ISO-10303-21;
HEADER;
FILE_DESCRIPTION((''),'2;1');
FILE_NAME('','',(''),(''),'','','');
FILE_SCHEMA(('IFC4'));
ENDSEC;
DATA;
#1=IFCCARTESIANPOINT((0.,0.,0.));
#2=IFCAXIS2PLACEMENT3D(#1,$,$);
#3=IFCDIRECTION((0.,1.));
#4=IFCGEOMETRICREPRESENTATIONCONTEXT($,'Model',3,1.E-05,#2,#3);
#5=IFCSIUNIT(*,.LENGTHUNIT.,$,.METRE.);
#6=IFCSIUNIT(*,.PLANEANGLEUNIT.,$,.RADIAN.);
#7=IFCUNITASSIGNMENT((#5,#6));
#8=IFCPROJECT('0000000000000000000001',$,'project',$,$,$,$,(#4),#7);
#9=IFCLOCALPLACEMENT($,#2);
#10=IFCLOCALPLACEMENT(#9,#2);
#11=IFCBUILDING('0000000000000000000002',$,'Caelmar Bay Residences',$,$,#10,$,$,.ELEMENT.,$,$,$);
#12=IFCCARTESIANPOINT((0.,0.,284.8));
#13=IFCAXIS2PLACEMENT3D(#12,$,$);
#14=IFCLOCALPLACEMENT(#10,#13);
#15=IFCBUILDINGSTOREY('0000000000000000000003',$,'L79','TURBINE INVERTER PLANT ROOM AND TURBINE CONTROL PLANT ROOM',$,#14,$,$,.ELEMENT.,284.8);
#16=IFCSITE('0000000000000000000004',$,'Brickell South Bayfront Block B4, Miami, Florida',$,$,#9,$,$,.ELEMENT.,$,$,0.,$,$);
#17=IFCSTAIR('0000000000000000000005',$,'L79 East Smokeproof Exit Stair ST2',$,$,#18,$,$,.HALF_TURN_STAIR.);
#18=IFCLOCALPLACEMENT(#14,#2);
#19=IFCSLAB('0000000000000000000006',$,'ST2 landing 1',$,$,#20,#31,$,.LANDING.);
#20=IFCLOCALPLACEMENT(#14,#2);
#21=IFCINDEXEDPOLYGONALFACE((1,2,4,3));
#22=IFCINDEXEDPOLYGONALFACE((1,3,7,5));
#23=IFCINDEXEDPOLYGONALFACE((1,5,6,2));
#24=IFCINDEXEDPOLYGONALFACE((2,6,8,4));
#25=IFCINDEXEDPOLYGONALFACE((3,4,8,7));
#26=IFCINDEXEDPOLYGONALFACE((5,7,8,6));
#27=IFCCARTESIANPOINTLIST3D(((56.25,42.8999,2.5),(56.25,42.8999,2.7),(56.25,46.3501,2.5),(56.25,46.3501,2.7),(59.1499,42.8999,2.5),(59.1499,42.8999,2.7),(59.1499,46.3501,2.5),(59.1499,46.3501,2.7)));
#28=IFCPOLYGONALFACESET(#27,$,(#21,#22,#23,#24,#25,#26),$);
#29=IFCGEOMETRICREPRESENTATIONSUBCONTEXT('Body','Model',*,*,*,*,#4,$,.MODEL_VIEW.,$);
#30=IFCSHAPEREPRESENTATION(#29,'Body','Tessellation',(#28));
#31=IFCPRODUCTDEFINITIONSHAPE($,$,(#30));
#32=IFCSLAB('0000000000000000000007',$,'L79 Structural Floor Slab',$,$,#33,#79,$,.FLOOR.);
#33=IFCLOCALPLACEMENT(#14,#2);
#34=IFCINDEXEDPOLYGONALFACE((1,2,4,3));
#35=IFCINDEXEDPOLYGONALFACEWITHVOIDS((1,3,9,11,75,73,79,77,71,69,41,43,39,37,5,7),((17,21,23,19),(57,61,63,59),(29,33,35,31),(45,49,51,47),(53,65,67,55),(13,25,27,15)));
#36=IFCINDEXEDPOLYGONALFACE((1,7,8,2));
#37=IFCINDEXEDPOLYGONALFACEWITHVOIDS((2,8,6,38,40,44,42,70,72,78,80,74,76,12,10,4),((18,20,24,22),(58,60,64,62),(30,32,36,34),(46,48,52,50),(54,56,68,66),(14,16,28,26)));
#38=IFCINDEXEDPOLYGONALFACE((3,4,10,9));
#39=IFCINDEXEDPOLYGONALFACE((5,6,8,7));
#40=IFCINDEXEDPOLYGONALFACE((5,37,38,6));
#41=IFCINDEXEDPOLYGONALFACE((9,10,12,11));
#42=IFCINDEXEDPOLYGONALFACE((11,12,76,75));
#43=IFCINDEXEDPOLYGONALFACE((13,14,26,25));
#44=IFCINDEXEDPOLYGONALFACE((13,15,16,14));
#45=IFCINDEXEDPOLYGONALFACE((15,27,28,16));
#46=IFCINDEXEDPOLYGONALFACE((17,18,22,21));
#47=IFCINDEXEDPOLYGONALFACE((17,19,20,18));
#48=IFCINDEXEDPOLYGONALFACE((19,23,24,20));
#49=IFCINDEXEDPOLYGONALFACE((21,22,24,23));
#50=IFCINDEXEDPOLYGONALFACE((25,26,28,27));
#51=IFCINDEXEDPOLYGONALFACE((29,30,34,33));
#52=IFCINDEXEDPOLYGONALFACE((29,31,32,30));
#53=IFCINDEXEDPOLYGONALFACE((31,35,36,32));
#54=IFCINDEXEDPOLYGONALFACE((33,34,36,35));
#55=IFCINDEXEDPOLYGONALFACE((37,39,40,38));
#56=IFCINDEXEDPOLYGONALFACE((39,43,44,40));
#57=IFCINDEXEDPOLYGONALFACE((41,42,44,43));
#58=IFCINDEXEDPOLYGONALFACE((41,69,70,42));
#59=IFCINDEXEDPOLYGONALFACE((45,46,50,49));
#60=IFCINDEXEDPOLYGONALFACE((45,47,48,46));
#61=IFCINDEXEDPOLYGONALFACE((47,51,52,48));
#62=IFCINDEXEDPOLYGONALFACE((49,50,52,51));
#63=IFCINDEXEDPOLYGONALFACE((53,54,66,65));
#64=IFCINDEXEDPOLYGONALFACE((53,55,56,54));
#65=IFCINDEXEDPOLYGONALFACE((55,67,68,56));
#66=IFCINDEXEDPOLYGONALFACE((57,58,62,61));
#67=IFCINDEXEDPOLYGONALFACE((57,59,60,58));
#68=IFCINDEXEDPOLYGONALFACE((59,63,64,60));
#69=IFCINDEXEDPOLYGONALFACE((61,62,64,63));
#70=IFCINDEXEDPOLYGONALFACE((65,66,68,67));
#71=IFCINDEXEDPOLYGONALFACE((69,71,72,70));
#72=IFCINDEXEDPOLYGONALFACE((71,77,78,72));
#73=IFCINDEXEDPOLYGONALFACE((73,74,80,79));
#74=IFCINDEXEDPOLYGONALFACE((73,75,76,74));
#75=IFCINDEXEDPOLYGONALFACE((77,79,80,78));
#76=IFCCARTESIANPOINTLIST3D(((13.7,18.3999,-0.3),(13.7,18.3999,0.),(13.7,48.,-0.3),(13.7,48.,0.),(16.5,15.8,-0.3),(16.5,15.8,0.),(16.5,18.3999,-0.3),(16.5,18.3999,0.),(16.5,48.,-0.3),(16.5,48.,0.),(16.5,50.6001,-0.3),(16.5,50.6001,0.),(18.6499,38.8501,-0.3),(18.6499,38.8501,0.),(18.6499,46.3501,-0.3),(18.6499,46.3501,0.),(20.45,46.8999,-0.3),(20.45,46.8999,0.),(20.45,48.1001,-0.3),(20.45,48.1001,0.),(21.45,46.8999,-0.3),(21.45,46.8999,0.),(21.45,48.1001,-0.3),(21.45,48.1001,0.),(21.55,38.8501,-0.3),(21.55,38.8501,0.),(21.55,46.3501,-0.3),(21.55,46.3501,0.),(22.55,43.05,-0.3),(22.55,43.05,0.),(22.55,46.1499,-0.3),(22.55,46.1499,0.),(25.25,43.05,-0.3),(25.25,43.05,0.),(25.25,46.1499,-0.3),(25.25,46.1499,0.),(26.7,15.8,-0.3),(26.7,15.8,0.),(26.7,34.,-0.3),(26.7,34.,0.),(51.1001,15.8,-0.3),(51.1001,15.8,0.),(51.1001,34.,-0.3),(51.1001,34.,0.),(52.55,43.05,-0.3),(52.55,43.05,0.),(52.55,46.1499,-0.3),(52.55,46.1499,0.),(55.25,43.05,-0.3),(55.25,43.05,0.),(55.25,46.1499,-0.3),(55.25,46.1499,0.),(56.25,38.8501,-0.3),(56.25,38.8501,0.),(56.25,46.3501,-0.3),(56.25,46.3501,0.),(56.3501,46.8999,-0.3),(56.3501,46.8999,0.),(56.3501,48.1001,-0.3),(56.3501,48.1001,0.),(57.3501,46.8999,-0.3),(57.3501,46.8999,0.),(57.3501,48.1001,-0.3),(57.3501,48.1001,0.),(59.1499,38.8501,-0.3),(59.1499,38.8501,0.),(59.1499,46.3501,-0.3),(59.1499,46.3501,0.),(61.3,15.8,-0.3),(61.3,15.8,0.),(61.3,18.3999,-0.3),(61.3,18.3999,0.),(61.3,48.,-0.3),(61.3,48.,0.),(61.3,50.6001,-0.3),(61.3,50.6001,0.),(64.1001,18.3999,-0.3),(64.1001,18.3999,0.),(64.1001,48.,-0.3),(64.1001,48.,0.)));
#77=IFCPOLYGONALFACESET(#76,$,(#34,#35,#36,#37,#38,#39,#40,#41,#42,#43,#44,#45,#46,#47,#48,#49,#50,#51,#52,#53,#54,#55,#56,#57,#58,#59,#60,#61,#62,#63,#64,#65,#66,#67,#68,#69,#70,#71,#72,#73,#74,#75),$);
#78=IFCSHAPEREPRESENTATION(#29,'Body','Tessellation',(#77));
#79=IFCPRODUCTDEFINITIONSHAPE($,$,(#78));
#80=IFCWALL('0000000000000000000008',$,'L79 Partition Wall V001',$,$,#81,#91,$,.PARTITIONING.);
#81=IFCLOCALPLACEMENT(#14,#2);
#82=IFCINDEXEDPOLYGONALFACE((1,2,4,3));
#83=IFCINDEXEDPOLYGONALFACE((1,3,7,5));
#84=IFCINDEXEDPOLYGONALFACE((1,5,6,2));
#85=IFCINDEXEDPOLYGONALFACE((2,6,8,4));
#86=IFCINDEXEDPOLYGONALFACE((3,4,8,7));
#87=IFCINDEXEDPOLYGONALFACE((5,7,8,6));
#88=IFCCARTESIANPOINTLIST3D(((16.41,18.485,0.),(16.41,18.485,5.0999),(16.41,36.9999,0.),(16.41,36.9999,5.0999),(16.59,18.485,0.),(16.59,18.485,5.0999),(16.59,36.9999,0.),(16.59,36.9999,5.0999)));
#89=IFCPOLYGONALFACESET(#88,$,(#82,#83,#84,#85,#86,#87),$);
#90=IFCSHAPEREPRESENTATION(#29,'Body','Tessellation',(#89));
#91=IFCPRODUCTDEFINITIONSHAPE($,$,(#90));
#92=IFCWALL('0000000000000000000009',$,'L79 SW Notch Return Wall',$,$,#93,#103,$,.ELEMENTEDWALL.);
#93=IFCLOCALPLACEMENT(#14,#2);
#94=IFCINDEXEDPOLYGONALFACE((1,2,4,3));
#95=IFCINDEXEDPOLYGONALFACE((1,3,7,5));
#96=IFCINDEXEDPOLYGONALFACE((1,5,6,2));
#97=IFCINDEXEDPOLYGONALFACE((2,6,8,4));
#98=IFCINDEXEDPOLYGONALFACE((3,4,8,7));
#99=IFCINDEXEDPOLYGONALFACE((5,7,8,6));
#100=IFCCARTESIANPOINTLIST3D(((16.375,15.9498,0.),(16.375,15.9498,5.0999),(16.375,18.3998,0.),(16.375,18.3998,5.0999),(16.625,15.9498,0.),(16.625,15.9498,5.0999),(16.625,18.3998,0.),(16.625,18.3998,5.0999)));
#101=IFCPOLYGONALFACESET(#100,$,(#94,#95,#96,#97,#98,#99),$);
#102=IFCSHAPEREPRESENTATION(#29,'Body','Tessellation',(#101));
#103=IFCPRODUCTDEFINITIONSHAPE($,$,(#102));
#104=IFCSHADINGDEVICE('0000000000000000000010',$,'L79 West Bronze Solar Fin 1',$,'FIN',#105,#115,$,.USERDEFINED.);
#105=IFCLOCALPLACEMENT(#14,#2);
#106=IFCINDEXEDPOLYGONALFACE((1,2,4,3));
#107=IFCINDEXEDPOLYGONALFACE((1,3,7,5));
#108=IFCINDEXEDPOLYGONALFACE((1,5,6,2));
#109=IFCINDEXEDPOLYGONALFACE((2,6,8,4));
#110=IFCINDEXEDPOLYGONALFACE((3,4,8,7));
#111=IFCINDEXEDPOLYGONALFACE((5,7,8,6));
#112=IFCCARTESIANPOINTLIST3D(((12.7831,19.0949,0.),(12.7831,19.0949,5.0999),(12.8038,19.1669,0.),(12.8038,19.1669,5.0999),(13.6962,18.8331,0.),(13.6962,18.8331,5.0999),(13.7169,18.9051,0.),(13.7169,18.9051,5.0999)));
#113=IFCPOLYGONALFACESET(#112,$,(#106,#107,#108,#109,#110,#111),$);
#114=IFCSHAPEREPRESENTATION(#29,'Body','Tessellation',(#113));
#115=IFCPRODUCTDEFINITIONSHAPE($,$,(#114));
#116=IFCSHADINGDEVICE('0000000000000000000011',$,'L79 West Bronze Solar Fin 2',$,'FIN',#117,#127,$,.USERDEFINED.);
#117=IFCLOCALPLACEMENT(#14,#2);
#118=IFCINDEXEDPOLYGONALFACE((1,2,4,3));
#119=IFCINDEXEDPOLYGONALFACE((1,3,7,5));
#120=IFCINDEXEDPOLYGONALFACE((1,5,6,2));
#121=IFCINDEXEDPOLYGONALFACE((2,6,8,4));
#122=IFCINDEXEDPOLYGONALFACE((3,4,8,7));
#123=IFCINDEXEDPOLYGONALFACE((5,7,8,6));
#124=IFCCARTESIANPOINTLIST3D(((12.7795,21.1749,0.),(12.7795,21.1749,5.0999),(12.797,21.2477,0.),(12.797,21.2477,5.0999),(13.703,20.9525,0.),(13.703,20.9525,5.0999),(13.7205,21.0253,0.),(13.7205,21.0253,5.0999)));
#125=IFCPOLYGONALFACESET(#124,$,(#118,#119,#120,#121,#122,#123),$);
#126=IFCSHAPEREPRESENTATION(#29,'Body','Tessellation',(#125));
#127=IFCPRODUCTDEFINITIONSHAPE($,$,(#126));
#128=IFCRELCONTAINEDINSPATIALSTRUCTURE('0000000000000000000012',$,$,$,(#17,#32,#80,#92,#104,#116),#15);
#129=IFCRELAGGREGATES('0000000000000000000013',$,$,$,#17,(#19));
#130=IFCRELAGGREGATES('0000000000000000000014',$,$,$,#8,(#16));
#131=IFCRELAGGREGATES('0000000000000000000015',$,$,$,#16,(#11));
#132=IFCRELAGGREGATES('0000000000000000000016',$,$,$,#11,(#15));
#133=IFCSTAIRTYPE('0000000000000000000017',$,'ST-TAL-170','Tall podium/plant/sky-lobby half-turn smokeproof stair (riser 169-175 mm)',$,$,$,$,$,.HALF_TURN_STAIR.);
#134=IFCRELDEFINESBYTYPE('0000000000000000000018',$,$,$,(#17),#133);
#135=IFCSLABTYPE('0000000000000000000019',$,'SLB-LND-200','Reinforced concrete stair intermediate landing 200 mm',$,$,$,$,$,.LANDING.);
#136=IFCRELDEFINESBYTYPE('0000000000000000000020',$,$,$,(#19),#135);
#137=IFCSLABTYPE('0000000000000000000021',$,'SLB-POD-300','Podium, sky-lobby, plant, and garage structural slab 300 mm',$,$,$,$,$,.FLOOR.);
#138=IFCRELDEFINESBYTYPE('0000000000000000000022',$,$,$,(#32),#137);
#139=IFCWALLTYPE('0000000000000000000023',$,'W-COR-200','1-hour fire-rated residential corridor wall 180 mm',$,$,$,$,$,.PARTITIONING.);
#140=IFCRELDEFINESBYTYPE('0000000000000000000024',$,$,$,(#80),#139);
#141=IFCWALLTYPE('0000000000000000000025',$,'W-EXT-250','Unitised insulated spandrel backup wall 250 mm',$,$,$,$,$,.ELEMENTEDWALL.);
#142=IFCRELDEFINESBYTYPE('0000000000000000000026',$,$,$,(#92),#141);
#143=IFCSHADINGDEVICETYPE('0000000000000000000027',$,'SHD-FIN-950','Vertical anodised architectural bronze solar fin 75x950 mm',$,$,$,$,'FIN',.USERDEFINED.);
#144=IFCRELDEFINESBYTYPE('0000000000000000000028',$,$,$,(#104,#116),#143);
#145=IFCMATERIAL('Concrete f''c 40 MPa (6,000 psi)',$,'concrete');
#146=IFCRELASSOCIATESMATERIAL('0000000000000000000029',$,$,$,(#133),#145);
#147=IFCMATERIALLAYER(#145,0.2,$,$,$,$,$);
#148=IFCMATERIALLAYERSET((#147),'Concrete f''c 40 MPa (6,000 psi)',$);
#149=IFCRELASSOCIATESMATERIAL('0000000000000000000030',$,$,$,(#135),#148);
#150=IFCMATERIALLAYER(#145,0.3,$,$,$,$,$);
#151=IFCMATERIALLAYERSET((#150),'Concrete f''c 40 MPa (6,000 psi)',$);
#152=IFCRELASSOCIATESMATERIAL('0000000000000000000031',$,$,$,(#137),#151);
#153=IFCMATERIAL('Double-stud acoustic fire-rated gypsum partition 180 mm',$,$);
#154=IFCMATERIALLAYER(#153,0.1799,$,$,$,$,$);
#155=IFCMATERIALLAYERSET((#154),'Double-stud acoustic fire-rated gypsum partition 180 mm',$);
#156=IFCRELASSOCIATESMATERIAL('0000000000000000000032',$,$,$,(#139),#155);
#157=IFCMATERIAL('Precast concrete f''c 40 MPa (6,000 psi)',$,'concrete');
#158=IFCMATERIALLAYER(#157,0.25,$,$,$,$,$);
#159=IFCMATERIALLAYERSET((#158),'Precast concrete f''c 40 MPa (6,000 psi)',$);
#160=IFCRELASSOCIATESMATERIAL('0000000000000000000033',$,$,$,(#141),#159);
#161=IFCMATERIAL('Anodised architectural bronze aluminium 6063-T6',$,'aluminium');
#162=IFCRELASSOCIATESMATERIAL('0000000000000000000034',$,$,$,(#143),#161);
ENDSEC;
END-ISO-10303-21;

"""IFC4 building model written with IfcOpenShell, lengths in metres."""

from ifc_helpers import new_model, si_unit, direction, frame, frame_2d, origin, origin_2d, place, context, subcontext, project, spatial, polyline, rectangle, outline, extrude, material, layer, layer_set, material_profile, profile_set, type_object, element, aggregate, save


model = new_model("IFC4")

# Units and contexts
model_context = context("Model", 3, precision=1e-05, world=origin(), true_north=direction((0.0, 1.0)))
body_context = subcontext(model_context, "Body", "Model", "MODEL_VIEW")
ifc_project = project(units=[si_unit("LENGTHUNIT", "METRE"), si_unit("PLANEANGLEUNIT", "RADIAN")], contexts=[model_context])

# Site, building, storey
site_placement = place(None, origin())
site = spatial("IfcSite", under=ifc_project, at=site_placement, Name="Brickell South Bayfront Block B4, Miami, Florida", CompositionType="ELEMENT", RefElevation=0.0)
building_placement = place(site_placement, origin())
building = spatial("IfcBuilding", under=site, at=building_placement, Name="Caelmar Bay Residences", CompositionType="ELEMENT")
storey_placement = place(building_placement, frame((0.0, 0.0, 284.8)))
storey = spatial("IfcBuildingStorey", under=building, at=storey_placement, Name="L79", Description="TURBINE INVERTER PLANT ROOM AND TURBINE CONTROL PLANT ROOM", CompositionType="ELEMENT", Elevation=284.8)

# Stair, slab
ifc_material_1 = material(Name="Concrete f'c 40 MPa (6,000 psi)", Category="concrete")
stair_type = type_object("IfcStairType", Name="ST-TAL-170", Description="Tall podium/plant/sky-lobby half-turn smokeproof stair (riser 169-175 mm)", PredefinedType="HALF_TURN_STAIR", material=ifc_material_1)
ifc_layer_1 = layer(ifc_material_1, 0.2)
ifc_layer_set_1 = layer_set([ifc_layer_1], Name="Concrete f'c 40 MPa (6,000 psi)")
slab_type_1 = type_object("IfcSlabType", Name="SLB-LND-200", Description="Reinforced concrete stair intermediate landing 200 mm", PredefinedType="LANDING", material=ifc_layer_set_1)
stair_1_placement = place(storey_placement, origin())
stair_1 = element("IfcStair", 1, at=stair_1_placement, inside=storey, type_object=stair_type, Name="L79 East Smokeproof Exit Stair ST2", PredefinedType="HALF_TURN_STAIR")
slab_1_placement = place(storey_placement, frame((0.0, 0.0, 2.5)))
slab_1 = element("IfcSlab", 2, at=slab_1_placement, type_object=slab_type_1, Name="ST2 landing 1", PredefinedType="LANDING", context=body_context, shape_type="SweptSolid", body=[
    extrude(outline(polyline([(59.1499, 42.8999), (59.1499, 46.3501), (56.25, 46.3501), (56.25, 42.8999), (59.1499, 42.8999)])), origin(), (0.0, 0.0, 1.0), 0.2),
])
aggregate(stair_1, [slab_1])

# Slab
ifc_layer_2 = layer(ifc_material_1, 0.3)
ifc_layer_set_2 = layer_set([ifc_layer_2], Name="Concrete f'c 40 MPa (6,000 psi)")
slab_type_2 = type_object("IfcSlabType", Name="SLB-POD-300", Description="Podium, sky-lobby, plant, and garage structural slab 300 mm", PredefinedType="FLOOR", material=ifc_layer_set_2)
slab_2_placement = place(storey_placement, frame((0.0, 0.0, -0.3)))
element("IfcSlab", 3, at=slab_2_placement, inside=storey, type_object=slab_type_2, Name="L79 Structural Floor Slab", PredefinedType="FLOOR", context=body_context, shape_type="SweptSolid", body=[
    extrude(outline(polyline([(26.7, 15.8), (26.7, 34.0), (51.1001, 34.0), (51.1001, 15.8), (61.3, 15.8), (61.3, 18.3999), (64.1001, 18.3999), (64.1001, 48.0), (61.3, 48.0), (61.3, 50.6001), (16.5, 50.6001), (16.5, 48.0), (13.7, 48.0), (13.7, 18.3999), (16.5, 18.3999), (16.5, 15.8), (26.7, 15.8)]), holes=[polyline([(18.6499, 38.8501), (21.55, 38.8501), (21.55, 46.3501), (18.6499, 46.3501), (18.6499, 38.8501)]), polyline([(56.25, 38.8501), (59.1499, 38.8501), (59.1499, 46.3501), (56.25, 46.3501), (56.25, 38.8501)]), polyline([(22.55, 43.05), (25.25, 43.05), (25.25, 46.1499), (22.55, 46.1499), (22.55, 43.05)]), polyline([(52.55, 43.05), (55.25, 43.05), (55.25, 46.1499), (52.55, 46.1499), (52.55, 43.05)]), polyline([(20.45, 46.8999), (21.45, 46.8999), (21.45, 48.1001), (20.45, 48.1001), (20.45, 46.8999)]), polyline([(56.3501, 46.8999), (57.3501, 46.8999), (57.3501, 48.1001), (56.3501, 48.1001), (56.3501, 46.8999)])]), origin(), (0.0, 0.0, 1.0), 0.3),
])

# Walls
ifc_material_2 = material(Name="Double-stud acoustic fire-rated gypsum partition 180 mm")
ifc_layer_3 = layer(ifc_material_2, 0.1799)
ifc_layer_set_3 = layer_set([ifc_layer_3], Name="Double-stud acoustic fire-rated gypsum partition 180 mm")
wall_type_1 = type_object("IfcWallType", Name="W-COR-200", Description="1-hour fire-rated residential corridor wall 180 mm", PredefinedType="PARTITIONING", material=ifc_layer_set_3)
wall_1_placement = place(storey_placement, frame((16.5, 18.4851, 0.0), z_axis=(0.0, 0.0, 1.0), x_axis=(0.0, 1.0, 0.0)))
element("IfcWall", 4, at=wall_1_placement, inside=storey, type_object=wall_type_1, Name="L79 Partition Wall V001", PredefinedType="PARTITIONING", context=body_context, shape_type="SweptSolid", body=[
    extrude(rectangle(XDim=18.5149, YDim=0.1799, at=frame_2d((9.2573, 0.0))), origin(), (0.0, 0.0, 1.0), 5.0999),
])
ifc_material_3 = material(Name="Precast concrete f'c 40 MPa (6,000 psi)", Category="concrete")
ifc_layer_4 = layer(ifc_material_3, 0.25)
ifc_layer_set_4 = layer_set([ifc_layer_4], Name="Precast concrete f'c 40 MPa (6,000 psi)")
wall_type_2 = type_object("IfcWallType", Name="W-EXT-250", Description="Unitised insulated spandrel backup wall 250 mm", PredefinedType="ELEMENTEDWALL", material=ifc_layer_set_4)
wall_2_placement = place(storey_placement, frame((16.5, 18.3999, 0.0), z_axis=(0.0, 0.0, 1.0), x_axis=(0.0, -1.0, 0.0)))
element("IfcWall", 5, at=wall_2_placement, inside=storey, type_object=wall_type_2, Name="L79 SW Notch Return Wall", PredefinedType="ELEMENTEDWALL", context=body_context, shape_type="SweptSolid", body=[
    extrude(rectangle(XDim=2.45, YDim=0.25, at=frame_2d((1.2251, 0.0))), origin(), (0.0, 0.0, 1.0), 5.0999),
])

# Shading devices
ifc_material_4 = material(Name="Anodised architectural bronze aluminium 6063-T6", Category="aluminium")
ifc_material_profile_1 = material_profile(ifc_material_4, rectangle(XDim=0.075, YDim=0.95, at=origin_2d()), Name="BRONZE-FIN-75X950")
ifc_profile_set_1 = profile_set([ifc_material_profile_1], Name="Anodised architectural bronze aluminium 6063-T6")
shading_device_type = type_object("IfcShadingDeviceType", Name="SHD-FIN-950", Description="Vertical anodised architectural bronze solar fin 75x950 mm", ElementType="FIN", PredefinedType="USERDEFINED", material=ifc_profile_set_1)
for number, where, z_axis, x_axis, name in (
    (6, (13.25, 19.0, 0.0), (0.0, 0.0, 1.0), (0.275637, 0.961262, 0.0), "L79 West Bronze Solar Fin 1"),
    (7, (13.25, 21.1001, 0.0), (0.0, 0.0, 1.0), (0.234124, 0.972207, 0.0), "L79 West Bronze Solar Fin 2"),
):
    element("IfcShadingDevice", number, at=place(storey_placement, frame(where, z_axis=z_axis, x_axis=x_axis)), inside=storey, type_object=shading_device_type, Name=name, ObjectType="FIN", PredefinedType="USERDEFINED", context=body_context, shape_type="SweptSolid", body=[
        extrude(rectangle(XDim=0.075, YDim=0.95, at=origin_2d()), origin(), (0.0, 0.0, 1.0), 5.0999),
    ])

save(model, "model.ifc")
